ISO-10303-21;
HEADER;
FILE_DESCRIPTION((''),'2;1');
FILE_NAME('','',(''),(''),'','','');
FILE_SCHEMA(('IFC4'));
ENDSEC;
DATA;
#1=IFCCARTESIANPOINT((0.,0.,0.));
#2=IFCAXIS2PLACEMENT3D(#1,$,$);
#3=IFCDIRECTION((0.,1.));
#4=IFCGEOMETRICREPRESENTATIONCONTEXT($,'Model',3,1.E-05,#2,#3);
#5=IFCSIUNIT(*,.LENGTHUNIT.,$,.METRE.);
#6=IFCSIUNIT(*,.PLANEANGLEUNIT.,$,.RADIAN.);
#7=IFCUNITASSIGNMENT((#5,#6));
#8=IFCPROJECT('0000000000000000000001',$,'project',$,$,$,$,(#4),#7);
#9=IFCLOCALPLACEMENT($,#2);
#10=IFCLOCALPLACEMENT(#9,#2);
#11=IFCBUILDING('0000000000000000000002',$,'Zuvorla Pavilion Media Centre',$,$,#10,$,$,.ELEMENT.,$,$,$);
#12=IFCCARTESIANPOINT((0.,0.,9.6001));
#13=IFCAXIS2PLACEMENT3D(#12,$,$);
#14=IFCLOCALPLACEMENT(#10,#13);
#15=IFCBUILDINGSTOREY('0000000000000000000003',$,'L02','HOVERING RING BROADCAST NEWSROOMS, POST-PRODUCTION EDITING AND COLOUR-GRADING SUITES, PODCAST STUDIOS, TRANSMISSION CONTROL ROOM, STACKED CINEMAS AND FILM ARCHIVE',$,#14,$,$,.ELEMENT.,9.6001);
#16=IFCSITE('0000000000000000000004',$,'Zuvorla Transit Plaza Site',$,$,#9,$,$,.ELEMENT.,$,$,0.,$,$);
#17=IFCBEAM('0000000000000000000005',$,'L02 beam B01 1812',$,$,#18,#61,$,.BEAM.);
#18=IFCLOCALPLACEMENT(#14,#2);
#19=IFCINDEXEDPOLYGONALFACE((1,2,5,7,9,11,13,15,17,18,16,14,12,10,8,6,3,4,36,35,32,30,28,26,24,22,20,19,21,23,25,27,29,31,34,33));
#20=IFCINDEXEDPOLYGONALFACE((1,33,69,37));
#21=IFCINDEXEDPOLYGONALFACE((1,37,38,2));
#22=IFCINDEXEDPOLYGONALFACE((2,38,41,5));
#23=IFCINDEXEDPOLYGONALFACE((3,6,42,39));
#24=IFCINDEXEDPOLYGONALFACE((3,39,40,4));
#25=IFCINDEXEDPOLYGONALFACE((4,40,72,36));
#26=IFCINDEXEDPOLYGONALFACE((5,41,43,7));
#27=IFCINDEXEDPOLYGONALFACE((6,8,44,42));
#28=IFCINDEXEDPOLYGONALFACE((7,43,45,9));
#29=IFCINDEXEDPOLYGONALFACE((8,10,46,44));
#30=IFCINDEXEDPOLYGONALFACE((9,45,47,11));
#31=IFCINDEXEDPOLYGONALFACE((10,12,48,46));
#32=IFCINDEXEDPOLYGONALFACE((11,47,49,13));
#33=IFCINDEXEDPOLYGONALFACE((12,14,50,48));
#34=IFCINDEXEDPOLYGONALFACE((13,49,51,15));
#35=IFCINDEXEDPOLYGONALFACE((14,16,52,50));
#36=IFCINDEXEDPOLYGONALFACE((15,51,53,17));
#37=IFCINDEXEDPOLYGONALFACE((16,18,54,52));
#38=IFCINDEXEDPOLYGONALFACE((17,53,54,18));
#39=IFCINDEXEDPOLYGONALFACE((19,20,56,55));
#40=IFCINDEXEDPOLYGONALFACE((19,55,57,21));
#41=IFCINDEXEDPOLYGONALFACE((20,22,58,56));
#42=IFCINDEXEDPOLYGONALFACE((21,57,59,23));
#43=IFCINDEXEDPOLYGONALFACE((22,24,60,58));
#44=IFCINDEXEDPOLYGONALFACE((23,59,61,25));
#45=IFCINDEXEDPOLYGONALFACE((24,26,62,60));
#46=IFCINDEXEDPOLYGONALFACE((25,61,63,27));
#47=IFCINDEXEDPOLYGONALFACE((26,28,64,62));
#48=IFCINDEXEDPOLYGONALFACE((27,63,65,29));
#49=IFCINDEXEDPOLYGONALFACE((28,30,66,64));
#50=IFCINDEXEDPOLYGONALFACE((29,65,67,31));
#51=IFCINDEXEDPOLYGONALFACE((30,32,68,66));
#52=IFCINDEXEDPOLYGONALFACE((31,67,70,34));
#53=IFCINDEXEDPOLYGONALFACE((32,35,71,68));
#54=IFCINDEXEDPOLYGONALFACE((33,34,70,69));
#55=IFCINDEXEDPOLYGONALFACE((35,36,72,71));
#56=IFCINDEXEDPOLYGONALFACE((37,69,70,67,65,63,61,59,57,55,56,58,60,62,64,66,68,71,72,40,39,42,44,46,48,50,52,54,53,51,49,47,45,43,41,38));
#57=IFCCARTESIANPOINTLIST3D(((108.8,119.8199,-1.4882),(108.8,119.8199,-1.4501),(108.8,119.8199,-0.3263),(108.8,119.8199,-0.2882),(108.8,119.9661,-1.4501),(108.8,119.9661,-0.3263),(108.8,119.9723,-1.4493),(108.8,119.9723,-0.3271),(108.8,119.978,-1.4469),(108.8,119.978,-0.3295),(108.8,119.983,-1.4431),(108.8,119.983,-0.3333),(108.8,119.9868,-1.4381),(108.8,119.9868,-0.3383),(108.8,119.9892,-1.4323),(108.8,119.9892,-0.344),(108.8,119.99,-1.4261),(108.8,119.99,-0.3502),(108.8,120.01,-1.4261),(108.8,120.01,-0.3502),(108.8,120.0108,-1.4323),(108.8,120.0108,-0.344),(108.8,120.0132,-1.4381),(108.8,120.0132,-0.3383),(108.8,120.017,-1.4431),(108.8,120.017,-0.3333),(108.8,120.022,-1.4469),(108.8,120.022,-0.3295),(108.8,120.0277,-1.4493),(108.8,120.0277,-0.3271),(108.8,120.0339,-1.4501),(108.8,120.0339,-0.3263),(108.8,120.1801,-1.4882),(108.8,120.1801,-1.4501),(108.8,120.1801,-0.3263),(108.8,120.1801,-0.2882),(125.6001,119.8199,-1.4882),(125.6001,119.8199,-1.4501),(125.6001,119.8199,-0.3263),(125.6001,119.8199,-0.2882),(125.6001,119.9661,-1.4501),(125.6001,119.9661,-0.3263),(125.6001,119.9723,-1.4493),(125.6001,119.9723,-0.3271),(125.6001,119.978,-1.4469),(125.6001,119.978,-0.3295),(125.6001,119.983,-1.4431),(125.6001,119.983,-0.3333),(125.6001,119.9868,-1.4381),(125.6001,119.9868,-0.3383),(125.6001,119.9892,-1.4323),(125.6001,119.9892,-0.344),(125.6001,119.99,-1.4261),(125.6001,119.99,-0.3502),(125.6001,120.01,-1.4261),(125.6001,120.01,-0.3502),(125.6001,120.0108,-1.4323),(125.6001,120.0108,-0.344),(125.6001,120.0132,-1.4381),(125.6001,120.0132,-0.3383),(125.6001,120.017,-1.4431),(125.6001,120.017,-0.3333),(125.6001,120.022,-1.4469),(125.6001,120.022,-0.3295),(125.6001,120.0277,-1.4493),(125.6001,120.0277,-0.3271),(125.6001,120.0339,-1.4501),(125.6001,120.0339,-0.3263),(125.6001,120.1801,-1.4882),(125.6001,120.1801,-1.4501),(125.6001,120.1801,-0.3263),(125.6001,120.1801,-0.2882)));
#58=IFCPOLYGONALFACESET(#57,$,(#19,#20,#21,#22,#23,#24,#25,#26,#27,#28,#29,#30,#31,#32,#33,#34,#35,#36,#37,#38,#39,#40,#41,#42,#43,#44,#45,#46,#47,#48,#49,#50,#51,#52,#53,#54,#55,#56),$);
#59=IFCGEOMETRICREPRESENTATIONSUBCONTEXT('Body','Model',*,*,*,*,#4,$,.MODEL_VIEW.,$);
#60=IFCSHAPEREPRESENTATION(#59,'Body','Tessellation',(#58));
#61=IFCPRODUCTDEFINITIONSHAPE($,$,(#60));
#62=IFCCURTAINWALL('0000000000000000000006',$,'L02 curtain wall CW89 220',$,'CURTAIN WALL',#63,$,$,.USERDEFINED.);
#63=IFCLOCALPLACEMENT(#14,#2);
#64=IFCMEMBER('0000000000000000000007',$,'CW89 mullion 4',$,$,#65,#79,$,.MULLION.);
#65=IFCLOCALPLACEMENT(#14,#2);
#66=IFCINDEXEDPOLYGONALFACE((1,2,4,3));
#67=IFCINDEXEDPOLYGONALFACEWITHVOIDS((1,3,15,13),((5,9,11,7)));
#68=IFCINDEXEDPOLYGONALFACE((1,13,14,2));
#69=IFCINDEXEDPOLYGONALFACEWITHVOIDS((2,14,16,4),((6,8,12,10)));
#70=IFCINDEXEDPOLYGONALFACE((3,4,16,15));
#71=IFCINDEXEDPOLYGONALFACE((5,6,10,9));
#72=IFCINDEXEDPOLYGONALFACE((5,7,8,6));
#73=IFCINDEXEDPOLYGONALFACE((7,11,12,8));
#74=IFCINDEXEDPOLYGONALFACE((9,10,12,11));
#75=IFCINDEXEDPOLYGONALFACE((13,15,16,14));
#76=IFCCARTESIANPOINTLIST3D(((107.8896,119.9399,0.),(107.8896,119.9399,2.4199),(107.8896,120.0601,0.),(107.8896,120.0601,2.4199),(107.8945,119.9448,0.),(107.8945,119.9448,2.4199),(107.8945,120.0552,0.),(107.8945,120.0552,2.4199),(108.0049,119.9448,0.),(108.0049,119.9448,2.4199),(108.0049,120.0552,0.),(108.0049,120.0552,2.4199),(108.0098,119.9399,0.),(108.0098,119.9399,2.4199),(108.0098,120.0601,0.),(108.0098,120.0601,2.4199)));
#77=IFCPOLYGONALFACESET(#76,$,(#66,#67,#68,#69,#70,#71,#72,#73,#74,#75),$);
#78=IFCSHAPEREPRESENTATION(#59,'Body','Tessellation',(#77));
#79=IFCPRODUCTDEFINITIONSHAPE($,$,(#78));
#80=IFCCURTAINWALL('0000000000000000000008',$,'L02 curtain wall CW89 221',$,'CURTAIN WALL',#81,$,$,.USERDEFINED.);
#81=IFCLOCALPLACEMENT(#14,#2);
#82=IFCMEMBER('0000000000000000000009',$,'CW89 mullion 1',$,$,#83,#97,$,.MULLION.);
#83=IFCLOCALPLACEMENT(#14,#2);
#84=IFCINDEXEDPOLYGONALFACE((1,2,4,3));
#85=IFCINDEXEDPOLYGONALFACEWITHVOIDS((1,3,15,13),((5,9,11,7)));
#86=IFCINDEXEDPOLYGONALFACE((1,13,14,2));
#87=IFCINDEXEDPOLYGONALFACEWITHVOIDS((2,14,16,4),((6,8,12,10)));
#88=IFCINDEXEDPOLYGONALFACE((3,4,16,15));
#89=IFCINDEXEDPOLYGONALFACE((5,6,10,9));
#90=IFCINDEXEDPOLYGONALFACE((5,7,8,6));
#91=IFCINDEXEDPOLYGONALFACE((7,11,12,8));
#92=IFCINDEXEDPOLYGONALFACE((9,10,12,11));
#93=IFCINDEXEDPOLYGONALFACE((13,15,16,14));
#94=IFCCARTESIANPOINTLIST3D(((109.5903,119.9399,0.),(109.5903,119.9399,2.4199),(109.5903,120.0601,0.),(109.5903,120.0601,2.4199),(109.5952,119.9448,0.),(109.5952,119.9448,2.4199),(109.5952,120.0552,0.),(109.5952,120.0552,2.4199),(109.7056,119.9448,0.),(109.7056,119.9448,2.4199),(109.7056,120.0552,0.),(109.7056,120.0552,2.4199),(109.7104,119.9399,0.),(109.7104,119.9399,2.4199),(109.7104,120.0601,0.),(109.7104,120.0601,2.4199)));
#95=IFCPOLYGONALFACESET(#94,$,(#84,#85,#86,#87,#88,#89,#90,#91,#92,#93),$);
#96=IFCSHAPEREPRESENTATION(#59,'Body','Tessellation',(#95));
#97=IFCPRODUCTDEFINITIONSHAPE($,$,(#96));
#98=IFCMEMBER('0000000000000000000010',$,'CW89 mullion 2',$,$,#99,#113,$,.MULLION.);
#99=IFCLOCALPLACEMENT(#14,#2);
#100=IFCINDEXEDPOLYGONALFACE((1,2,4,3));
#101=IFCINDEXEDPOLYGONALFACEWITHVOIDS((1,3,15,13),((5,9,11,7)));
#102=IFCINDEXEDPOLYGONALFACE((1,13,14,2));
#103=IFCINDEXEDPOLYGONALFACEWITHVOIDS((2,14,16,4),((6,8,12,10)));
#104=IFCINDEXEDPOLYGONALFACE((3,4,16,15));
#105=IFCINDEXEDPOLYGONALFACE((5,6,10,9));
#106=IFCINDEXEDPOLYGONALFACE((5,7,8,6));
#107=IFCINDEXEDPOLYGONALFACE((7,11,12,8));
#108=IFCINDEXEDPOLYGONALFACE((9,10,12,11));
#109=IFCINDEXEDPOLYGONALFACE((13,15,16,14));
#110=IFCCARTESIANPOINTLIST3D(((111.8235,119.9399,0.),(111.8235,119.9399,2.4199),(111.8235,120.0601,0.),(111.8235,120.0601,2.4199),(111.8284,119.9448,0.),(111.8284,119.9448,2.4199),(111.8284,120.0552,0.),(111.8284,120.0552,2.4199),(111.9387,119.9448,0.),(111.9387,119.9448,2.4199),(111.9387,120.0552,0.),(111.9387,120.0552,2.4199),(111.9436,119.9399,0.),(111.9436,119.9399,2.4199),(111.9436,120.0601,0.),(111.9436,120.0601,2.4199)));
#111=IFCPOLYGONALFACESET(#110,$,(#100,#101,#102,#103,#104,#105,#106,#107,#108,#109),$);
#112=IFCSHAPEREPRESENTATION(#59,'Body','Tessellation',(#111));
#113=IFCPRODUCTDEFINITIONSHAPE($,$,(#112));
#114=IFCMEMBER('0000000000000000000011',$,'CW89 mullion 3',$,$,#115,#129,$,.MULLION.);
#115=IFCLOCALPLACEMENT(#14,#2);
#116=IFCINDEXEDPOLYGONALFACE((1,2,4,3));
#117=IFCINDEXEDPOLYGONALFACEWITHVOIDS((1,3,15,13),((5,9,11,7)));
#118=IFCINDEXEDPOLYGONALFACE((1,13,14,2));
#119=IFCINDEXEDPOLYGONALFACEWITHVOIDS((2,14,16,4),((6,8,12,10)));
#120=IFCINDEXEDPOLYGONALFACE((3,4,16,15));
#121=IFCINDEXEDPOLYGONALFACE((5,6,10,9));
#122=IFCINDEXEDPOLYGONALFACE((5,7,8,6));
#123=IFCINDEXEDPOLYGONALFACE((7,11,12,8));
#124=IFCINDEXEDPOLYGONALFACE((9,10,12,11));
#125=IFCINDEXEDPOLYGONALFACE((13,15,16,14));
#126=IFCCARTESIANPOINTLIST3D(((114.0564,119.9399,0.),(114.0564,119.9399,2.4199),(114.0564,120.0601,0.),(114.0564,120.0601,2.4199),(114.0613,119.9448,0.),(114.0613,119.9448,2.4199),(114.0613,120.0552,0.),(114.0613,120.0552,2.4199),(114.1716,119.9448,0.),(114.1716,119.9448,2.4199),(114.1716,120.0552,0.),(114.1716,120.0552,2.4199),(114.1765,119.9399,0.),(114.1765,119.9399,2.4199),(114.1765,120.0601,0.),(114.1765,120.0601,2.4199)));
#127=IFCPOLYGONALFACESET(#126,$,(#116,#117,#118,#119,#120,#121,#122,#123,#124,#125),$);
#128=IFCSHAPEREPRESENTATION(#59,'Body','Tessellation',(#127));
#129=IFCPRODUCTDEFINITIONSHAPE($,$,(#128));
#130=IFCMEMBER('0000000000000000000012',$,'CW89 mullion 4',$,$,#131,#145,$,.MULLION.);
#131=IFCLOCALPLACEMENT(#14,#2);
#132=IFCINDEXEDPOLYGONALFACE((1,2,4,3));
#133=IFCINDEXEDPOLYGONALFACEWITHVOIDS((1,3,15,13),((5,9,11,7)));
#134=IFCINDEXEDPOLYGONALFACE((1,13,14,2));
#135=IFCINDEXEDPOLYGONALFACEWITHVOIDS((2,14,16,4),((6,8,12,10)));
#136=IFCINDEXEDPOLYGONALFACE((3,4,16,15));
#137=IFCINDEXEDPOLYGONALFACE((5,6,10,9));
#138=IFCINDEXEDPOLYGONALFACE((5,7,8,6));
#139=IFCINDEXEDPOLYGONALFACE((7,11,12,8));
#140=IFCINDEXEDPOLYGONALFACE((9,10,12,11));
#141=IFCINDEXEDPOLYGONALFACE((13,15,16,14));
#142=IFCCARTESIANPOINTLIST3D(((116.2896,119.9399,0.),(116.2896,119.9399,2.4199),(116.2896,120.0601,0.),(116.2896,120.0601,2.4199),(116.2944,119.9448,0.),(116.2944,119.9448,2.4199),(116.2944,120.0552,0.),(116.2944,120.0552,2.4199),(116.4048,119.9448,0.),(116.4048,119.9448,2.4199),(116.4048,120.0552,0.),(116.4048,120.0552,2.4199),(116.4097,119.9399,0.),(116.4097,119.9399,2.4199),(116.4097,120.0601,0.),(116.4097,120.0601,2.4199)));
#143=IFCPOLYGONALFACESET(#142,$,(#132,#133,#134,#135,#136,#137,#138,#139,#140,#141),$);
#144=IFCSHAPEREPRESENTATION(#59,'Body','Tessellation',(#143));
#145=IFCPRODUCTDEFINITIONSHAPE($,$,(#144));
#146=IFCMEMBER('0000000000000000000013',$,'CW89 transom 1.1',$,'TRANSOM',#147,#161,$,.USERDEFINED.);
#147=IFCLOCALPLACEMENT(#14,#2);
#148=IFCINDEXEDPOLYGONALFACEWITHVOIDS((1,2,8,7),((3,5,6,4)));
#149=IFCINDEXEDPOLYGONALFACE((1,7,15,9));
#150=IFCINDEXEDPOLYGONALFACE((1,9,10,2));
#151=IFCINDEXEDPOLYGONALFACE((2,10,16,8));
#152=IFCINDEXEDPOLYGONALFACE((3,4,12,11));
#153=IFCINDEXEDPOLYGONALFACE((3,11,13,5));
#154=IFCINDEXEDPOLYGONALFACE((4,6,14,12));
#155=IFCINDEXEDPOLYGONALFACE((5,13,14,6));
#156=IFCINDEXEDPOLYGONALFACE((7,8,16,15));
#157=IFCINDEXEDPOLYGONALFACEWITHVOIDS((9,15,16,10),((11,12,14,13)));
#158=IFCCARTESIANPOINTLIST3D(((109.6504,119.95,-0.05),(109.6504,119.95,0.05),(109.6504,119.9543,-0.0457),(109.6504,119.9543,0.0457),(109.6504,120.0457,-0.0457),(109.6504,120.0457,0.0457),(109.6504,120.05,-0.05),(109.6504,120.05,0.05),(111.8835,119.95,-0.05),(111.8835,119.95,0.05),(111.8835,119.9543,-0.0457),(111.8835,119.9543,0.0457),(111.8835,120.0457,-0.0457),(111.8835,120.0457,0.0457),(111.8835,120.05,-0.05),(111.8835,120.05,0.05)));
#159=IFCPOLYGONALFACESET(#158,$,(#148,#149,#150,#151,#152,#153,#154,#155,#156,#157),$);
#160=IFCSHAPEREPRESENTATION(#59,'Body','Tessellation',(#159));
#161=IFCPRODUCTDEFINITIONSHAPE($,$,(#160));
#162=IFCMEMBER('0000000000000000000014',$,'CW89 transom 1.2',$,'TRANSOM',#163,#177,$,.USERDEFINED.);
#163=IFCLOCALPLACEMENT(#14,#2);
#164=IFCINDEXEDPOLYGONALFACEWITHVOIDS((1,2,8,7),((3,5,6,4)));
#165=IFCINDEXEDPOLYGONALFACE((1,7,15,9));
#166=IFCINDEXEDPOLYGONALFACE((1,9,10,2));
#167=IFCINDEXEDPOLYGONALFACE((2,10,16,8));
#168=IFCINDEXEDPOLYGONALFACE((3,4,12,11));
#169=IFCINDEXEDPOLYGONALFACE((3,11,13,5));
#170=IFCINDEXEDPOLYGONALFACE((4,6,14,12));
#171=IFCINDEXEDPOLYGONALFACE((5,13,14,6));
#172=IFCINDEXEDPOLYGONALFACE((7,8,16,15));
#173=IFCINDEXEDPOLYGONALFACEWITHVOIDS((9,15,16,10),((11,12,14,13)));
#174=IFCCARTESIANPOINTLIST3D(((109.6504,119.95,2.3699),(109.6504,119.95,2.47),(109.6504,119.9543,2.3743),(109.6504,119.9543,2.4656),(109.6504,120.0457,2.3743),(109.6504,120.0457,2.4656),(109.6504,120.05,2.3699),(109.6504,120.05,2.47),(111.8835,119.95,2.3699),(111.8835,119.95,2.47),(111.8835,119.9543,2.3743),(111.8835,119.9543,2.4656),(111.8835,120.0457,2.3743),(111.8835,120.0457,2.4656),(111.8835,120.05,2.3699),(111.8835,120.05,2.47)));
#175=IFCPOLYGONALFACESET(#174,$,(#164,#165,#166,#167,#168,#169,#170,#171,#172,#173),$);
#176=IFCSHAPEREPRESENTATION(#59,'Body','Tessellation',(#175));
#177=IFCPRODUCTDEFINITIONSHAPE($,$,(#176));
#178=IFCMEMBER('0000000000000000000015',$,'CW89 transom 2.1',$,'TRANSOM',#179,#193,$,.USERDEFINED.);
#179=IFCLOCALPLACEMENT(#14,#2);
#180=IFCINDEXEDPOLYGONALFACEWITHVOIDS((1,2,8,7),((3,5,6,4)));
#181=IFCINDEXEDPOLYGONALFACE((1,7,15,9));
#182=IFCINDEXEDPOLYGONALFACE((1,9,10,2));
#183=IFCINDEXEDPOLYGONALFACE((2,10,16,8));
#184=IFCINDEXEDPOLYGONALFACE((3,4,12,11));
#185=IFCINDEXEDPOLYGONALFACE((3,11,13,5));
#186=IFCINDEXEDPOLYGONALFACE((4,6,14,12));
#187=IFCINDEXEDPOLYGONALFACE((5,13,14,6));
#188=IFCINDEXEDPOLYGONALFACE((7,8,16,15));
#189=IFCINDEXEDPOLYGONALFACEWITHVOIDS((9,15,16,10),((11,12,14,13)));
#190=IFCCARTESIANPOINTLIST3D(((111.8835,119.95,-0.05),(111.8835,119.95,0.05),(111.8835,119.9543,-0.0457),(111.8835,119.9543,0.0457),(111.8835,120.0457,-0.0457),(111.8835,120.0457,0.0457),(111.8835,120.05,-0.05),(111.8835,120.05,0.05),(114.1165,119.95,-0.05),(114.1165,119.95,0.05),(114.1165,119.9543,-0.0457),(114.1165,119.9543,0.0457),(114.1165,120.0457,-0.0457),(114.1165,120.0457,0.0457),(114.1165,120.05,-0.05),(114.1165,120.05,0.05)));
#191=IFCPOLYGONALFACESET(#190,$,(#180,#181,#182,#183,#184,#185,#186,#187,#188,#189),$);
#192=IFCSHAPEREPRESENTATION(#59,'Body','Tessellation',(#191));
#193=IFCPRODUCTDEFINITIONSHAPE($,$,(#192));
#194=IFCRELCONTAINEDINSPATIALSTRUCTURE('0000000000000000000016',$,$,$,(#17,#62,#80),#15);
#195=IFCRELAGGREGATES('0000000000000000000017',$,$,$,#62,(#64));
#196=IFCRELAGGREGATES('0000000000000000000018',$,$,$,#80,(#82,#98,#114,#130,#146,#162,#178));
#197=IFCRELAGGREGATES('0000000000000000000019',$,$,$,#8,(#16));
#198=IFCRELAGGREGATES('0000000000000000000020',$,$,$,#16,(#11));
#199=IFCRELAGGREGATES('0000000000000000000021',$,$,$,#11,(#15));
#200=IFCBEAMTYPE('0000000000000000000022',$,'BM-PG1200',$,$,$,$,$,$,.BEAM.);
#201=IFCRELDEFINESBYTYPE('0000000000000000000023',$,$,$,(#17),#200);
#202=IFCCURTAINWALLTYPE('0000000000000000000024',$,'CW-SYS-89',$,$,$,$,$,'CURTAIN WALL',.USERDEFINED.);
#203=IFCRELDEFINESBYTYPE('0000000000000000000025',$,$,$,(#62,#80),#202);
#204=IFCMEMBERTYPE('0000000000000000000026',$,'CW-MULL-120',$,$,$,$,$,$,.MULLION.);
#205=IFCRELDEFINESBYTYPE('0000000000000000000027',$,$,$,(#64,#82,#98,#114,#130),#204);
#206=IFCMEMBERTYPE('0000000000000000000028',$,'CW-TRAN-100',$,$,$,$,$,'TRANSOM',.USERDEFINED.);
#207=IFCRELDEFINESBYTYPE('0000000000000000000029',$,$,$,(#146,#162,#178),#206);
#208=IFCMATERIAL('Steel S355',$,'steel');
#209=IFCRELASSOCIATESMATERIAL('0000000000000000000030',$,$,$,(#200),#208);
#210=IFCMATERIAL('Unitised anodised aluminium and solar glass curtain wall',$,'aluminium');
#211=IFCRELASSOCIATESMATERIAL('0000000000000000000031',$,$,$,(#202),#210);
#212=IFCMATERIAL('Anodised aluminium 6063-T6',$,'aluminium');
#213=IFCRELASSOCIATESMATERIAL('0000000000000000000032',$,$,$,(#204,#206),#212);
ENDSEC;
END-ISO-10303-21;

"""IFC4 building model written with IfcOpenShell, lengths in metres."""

from ifc_helpers import new_model, si_unit, direction, frame, origin, origin_2d, place, context, subcontext, project, spatial, hollow_rectangle, i_section, extrude, material, material_profile, profile_set, type_object, element, aggregate, save


model = new_model("IFC4")

# Units and contexts
model_context = context("Model", 3, precision=1e-05, world=origin(), true_north=direction((0.0, 1.0)))
body_context = subcontext(model_context, "Body", "Model", "MODEL_VIEW")
ifc_project = project(units=[si_unit("LENGTHUNIT", "METRE"), si_unit("PLANEANGLEUNIT", "RADIAN")], contexts=[model_context])

# Site, building, storey
site_placement = place(None, origin())
site = spatial("IfcSite", under=ifc_project, at=site_placement, Name="Zuvorla Transit Plaza Site", CompositionType="ELEMENT", RefElevation=0.0)
building_placement = place(site_placement, origin())
building = spatial("IfcBuilding", under=site, at=building_placement, Name="Zuvorla Pavilion Media Centre", CompositionType="ELEMENT")
storey_placement = place(building_placement, frame((0.0, 0.0, 9.6001)))
storey = spatial("IfcBuildingStorey", under=building, at=storey_placement, Name="L02", Description="HOVERING RING BROADCAST NEWSROOMS, POST-PRODUCTION EDITING AND COLOUR-GRADING SUITES, PODCAST STUDIOS, TRANSMISSION CONTROL ROOM, STACKED CINEMAS AND FILM ARCHIVE", CompositionType="ELEMENT", Elevation=9.6001)

# Beam
ifc_material_1 = material(Name="Steel S355", Category="steel")
ifc_material_profile_1 = material_profile(ifc_material_1, i_section(OverallWidth=0.3601, OverallDepth=1.2, WebThickness=0.02, FlangeThickness=0.0381, FilletRadius=0.0239, at=origin_2d()), Name="PG 1200x360x38")
ifc_profile_set_1 = profile_set([ifc_material_profile_1], Name="Steel S355")
beam_type = type_object("IfcBeamType", Name="BM-PG1200", PredefinedType="BEAM", material=ifc_profile_set_1)
beam_placement = place(storey_placement, frame((108.8, 120.0, -0.8882), z_axis=(1.0, 0.0, 0.0), x_axis=(0.0, 1.0, 0.0)))
element("IfcBeam", 1, at=beam_placement, inside=storey, type_object=beam_type, Name="L02 beam B01 1812", PredefinedType="BEAM", context=body_context, shape_type="SweptSolid", body=[
    extrude(i_section(OverallWidth=0.3601, OverallDepth=1.2, WebThickness=0.02, FlangeThickness=0.0381, FilletRadius=0.0239, at=origin_2d()), origin(), (0.0, 0.0, 1.0), 16.8),
])

# Curtain wall, member
ifc_material_2 = material(Name="Unitised anodised aluminium and solar glass curtain wall", Category="aluminium")
curtain_wall_type = type_object("IfcCurtainWallType", Name="CW-SYS-89", ElementType="CURTAIN WALL", PredefinedType="USERDEFINED", material=ifc_material_2)
curtain_wall_1_placement = place(storey_placement, origin())
curtain_wall_1 = element("IfcCurtainWall", 2, at=curtain_wall_1_placement, inside=storey, type_object=curtain_wall_type, Name="L02 curtain wall CW89 220", ObjectType="CURTAIN WALL", PredefinedType="USERDEFINED")
ifc_material_3 = material(Name="Anodised aluminium 6063-T6", Category="aluminium")
ifc_material_profile_2 = material_profile(ifc_material_3, hollow_rectangle(XDim=0.1201, YDim=0.1201, WallThickness=0.0049, at=origin_2d()), Name="ALU MULL 120x120")
ifc_profile_set_2 = profile_set([ifc_material_profile_2], Name="Anodised aluminium 6063-T6")
member_type_1 = type_object("IfcMemberType", Name="CW-MULL-120", PredefinedType="MULLION", material=ifc_profile_set_2)
member_1_placement = place(storey_placement, frame((107.9497, 120.0, 0.0), z_axis=(0.0, 0.0, 1.0), x_axis=(1.0, 0.0, 0.0)))
member_1 = element("IfcMember", 3, at=member_1_placement, type_object=member_type_1, Name="CW89 mullion 4", PredefinedType="MULLION", context=body_context, shape_type="SweptSolid", body=[
    extrude(hollow_rectangle(XDim=0.1201, YDim=0.1201, WallThickness=0.0049, at=origin_2d()), origin(), (0.0, 0.0, 1.0), 2.4199),
])
aggregate(curtain_wall_1, [member_1])

# Curtain wall, members
curtain_wall_2_placement = place(storey_placement, origin())
curtain_wall_2 = element("IfcCurtainWall", 4, at=curtain_wall_2_placement, inside=storey, type_object=curtain_wall_type, Name="L02 curtain wall CW89 221", ObjectType="CURTAIN WALL", PredefinedType="USERDEFINED")
member_2_placement = place(storey_placement, frame((109.6504, 120.0, 0.0), z_axis=(0.0, 0.0, 1.0), x_axis=(1.0, 0.0, 0.0)))
member_2 = element("IfcMember", 5, at=member_2_placement, type_object=member_type_1, Name="CW89 mullion 1", PredefinedType="MULLION", context=body_context, shape_type="SweptSolid", body=[
    extrude(hollow_rectangle(XDim=0.1201, YDim=0.1201, WallThickness=0.0049, at=origin_2d()), origin(), (0.0, 0.0, 1.0), 2.4199),
])
member_3_placement = place(storey_placement, frame((111.8835, 120.0, 0.0), z_axis=(0.0, 0.0, 1.0), x_axis=(1.0, 0.0, 0.0)))
member_3 = element("IfcMember", 6, at=member_3_placement, type_object=member_type_1, Name="CW89 mullion 2", PredefinedType="MULLION", context=body_context, shape_type="SweptSolid", body=[
    extrude(hollow_rectangle(XDim=0.1201, YDim=0.1201, WallThickness=0.0049, at=origin_2d()), origin(), (0.0, 0.0, 1.0), 2.4199),
])
member_4_placement = place(storey_placement, frame((114.1165, 120.0, 0.0), z_axis=(0.0, 0.0, 1.0), x_axis=(1.0, 0.0, 0.0)))
member_4 = element("IfcMember", 7, at=member_4_placement, type_object=member_type_1, Name="CW89 mullion 3", PredefinedType="MULLION", context=body_context, shape_type="SweptSolid", body=[
    extrude(hollow_rectangle(XDim=0.1201, YDim=0.1201, WallThickness=0.0049, at=origin_2d()), origin(), (0.0, 0.0, 1.0), 2.4199),
])
member_5_placement = place(storey_placement, frame((116.3496, 120.0, 0.0), z_axis=(0.0, 0.0, 1.0), x_axis=(1.0, 0.0, 0.0)))
member_5 = element("IfcMember", 8, at=member_5_placement, type_object=member_type_1, Name="CW89 mullion 4", PredefinedType="MULLION", context=body_context, shape_type="SweptSolid", body=[
    extrude(hollow_rectangle(XDim=0.1201, YDim=0.1201, WallThickness=0.0049, at=origin_2d()), origin(), (0.0, 0.0, 1.0), 2.4199),
])
ifc_material_profile_3 = material_profile(ifc_material_3, hollow_rectangle(XDim=0.1001, YDim=0.1001, WallThickness=0.0044, at=origin_2d()), Name="ALU TRAN 100x100")
ifc_profile_set_3 = profile_set([ifc_material_profile_3], Name="Anodised aluminium 6063-T6")
member_type_2 = type_object("IfcMemberType", Name="CW-TRAN-100", ElementType="TRANSOM", PredefinedType="USERDEFINED", material=ifc_profile_set_3)
member_6_placement = place(storey_placement, frame((109.6504, 120.0, 0.0), z_axis=(1.0, 0.0, 0.0), x_axis=(0.0, 1.0, 0.0)))
member_6 = element("IfcMember", 9, at=member_6_placement, type_object=member_type_2, Name="CW89 transom 1.1", ObjectType="TRANSOM", PredefinedType="USERDEFINED", context=body_context, shape_type="SweptSolid", body=[
    extrude(hollow_rectangle(XDim=0.1001, YDim=0.1001, WallThickness=0.0044, at=origin_2d()), origin(), (0.0, 0.0, 1.0), 2.2332),
])
member_7_placement = place(storey_placement, frame((109.6504, 120.0, 2.4199), z_axis=(1.0, 0.0, 0.0), x_axis=(0.0, 1.0, 0.0)))
member_7 = element("IfcMember", 10, at=member_7_placement, type_object=member_type_2, Name="CW89 transom 1.2", ObjectType="TRANSOM", PredefinedType="USERDEFINED", context=body_context, shape_type="SweptSolid", body=[
    extrude(hollow_rectangle(XDim=0.1001, YDim=0.1001, WallThickness=0.0044, at=origin_2d()), origin(), (0.0, 0.0, 1.0), 2.2332),
])
member_8_placement = place(storey_placement, frame((111.8835, 120.0, 0.0), z_axis=(1.0, 0.0, 0.0), x_axis=(0.0, 1.0, 0.0)))
member_8 = element("IfcMember", 11, at=member_8_placement, type_object=member_type_2, Name="CW89 transom 2.1", ObjectType="TRANSOM", PredefinedType="USERDEFINED", context=body_context, shape_type="SweptSolid", body=[
    extrude(hollow_rectangle(XDim=0.1001, YDim=0.1001, WallThickness=0.0044, at=origin_2d()), origin(), (0.0, 0.0, 1.0), 2.2329),
])

aggregate(curtain_wall_2, [member_2, member_3, member_4, member_5, member_6, member_7, member_8])

save(model, "model.ifc")
